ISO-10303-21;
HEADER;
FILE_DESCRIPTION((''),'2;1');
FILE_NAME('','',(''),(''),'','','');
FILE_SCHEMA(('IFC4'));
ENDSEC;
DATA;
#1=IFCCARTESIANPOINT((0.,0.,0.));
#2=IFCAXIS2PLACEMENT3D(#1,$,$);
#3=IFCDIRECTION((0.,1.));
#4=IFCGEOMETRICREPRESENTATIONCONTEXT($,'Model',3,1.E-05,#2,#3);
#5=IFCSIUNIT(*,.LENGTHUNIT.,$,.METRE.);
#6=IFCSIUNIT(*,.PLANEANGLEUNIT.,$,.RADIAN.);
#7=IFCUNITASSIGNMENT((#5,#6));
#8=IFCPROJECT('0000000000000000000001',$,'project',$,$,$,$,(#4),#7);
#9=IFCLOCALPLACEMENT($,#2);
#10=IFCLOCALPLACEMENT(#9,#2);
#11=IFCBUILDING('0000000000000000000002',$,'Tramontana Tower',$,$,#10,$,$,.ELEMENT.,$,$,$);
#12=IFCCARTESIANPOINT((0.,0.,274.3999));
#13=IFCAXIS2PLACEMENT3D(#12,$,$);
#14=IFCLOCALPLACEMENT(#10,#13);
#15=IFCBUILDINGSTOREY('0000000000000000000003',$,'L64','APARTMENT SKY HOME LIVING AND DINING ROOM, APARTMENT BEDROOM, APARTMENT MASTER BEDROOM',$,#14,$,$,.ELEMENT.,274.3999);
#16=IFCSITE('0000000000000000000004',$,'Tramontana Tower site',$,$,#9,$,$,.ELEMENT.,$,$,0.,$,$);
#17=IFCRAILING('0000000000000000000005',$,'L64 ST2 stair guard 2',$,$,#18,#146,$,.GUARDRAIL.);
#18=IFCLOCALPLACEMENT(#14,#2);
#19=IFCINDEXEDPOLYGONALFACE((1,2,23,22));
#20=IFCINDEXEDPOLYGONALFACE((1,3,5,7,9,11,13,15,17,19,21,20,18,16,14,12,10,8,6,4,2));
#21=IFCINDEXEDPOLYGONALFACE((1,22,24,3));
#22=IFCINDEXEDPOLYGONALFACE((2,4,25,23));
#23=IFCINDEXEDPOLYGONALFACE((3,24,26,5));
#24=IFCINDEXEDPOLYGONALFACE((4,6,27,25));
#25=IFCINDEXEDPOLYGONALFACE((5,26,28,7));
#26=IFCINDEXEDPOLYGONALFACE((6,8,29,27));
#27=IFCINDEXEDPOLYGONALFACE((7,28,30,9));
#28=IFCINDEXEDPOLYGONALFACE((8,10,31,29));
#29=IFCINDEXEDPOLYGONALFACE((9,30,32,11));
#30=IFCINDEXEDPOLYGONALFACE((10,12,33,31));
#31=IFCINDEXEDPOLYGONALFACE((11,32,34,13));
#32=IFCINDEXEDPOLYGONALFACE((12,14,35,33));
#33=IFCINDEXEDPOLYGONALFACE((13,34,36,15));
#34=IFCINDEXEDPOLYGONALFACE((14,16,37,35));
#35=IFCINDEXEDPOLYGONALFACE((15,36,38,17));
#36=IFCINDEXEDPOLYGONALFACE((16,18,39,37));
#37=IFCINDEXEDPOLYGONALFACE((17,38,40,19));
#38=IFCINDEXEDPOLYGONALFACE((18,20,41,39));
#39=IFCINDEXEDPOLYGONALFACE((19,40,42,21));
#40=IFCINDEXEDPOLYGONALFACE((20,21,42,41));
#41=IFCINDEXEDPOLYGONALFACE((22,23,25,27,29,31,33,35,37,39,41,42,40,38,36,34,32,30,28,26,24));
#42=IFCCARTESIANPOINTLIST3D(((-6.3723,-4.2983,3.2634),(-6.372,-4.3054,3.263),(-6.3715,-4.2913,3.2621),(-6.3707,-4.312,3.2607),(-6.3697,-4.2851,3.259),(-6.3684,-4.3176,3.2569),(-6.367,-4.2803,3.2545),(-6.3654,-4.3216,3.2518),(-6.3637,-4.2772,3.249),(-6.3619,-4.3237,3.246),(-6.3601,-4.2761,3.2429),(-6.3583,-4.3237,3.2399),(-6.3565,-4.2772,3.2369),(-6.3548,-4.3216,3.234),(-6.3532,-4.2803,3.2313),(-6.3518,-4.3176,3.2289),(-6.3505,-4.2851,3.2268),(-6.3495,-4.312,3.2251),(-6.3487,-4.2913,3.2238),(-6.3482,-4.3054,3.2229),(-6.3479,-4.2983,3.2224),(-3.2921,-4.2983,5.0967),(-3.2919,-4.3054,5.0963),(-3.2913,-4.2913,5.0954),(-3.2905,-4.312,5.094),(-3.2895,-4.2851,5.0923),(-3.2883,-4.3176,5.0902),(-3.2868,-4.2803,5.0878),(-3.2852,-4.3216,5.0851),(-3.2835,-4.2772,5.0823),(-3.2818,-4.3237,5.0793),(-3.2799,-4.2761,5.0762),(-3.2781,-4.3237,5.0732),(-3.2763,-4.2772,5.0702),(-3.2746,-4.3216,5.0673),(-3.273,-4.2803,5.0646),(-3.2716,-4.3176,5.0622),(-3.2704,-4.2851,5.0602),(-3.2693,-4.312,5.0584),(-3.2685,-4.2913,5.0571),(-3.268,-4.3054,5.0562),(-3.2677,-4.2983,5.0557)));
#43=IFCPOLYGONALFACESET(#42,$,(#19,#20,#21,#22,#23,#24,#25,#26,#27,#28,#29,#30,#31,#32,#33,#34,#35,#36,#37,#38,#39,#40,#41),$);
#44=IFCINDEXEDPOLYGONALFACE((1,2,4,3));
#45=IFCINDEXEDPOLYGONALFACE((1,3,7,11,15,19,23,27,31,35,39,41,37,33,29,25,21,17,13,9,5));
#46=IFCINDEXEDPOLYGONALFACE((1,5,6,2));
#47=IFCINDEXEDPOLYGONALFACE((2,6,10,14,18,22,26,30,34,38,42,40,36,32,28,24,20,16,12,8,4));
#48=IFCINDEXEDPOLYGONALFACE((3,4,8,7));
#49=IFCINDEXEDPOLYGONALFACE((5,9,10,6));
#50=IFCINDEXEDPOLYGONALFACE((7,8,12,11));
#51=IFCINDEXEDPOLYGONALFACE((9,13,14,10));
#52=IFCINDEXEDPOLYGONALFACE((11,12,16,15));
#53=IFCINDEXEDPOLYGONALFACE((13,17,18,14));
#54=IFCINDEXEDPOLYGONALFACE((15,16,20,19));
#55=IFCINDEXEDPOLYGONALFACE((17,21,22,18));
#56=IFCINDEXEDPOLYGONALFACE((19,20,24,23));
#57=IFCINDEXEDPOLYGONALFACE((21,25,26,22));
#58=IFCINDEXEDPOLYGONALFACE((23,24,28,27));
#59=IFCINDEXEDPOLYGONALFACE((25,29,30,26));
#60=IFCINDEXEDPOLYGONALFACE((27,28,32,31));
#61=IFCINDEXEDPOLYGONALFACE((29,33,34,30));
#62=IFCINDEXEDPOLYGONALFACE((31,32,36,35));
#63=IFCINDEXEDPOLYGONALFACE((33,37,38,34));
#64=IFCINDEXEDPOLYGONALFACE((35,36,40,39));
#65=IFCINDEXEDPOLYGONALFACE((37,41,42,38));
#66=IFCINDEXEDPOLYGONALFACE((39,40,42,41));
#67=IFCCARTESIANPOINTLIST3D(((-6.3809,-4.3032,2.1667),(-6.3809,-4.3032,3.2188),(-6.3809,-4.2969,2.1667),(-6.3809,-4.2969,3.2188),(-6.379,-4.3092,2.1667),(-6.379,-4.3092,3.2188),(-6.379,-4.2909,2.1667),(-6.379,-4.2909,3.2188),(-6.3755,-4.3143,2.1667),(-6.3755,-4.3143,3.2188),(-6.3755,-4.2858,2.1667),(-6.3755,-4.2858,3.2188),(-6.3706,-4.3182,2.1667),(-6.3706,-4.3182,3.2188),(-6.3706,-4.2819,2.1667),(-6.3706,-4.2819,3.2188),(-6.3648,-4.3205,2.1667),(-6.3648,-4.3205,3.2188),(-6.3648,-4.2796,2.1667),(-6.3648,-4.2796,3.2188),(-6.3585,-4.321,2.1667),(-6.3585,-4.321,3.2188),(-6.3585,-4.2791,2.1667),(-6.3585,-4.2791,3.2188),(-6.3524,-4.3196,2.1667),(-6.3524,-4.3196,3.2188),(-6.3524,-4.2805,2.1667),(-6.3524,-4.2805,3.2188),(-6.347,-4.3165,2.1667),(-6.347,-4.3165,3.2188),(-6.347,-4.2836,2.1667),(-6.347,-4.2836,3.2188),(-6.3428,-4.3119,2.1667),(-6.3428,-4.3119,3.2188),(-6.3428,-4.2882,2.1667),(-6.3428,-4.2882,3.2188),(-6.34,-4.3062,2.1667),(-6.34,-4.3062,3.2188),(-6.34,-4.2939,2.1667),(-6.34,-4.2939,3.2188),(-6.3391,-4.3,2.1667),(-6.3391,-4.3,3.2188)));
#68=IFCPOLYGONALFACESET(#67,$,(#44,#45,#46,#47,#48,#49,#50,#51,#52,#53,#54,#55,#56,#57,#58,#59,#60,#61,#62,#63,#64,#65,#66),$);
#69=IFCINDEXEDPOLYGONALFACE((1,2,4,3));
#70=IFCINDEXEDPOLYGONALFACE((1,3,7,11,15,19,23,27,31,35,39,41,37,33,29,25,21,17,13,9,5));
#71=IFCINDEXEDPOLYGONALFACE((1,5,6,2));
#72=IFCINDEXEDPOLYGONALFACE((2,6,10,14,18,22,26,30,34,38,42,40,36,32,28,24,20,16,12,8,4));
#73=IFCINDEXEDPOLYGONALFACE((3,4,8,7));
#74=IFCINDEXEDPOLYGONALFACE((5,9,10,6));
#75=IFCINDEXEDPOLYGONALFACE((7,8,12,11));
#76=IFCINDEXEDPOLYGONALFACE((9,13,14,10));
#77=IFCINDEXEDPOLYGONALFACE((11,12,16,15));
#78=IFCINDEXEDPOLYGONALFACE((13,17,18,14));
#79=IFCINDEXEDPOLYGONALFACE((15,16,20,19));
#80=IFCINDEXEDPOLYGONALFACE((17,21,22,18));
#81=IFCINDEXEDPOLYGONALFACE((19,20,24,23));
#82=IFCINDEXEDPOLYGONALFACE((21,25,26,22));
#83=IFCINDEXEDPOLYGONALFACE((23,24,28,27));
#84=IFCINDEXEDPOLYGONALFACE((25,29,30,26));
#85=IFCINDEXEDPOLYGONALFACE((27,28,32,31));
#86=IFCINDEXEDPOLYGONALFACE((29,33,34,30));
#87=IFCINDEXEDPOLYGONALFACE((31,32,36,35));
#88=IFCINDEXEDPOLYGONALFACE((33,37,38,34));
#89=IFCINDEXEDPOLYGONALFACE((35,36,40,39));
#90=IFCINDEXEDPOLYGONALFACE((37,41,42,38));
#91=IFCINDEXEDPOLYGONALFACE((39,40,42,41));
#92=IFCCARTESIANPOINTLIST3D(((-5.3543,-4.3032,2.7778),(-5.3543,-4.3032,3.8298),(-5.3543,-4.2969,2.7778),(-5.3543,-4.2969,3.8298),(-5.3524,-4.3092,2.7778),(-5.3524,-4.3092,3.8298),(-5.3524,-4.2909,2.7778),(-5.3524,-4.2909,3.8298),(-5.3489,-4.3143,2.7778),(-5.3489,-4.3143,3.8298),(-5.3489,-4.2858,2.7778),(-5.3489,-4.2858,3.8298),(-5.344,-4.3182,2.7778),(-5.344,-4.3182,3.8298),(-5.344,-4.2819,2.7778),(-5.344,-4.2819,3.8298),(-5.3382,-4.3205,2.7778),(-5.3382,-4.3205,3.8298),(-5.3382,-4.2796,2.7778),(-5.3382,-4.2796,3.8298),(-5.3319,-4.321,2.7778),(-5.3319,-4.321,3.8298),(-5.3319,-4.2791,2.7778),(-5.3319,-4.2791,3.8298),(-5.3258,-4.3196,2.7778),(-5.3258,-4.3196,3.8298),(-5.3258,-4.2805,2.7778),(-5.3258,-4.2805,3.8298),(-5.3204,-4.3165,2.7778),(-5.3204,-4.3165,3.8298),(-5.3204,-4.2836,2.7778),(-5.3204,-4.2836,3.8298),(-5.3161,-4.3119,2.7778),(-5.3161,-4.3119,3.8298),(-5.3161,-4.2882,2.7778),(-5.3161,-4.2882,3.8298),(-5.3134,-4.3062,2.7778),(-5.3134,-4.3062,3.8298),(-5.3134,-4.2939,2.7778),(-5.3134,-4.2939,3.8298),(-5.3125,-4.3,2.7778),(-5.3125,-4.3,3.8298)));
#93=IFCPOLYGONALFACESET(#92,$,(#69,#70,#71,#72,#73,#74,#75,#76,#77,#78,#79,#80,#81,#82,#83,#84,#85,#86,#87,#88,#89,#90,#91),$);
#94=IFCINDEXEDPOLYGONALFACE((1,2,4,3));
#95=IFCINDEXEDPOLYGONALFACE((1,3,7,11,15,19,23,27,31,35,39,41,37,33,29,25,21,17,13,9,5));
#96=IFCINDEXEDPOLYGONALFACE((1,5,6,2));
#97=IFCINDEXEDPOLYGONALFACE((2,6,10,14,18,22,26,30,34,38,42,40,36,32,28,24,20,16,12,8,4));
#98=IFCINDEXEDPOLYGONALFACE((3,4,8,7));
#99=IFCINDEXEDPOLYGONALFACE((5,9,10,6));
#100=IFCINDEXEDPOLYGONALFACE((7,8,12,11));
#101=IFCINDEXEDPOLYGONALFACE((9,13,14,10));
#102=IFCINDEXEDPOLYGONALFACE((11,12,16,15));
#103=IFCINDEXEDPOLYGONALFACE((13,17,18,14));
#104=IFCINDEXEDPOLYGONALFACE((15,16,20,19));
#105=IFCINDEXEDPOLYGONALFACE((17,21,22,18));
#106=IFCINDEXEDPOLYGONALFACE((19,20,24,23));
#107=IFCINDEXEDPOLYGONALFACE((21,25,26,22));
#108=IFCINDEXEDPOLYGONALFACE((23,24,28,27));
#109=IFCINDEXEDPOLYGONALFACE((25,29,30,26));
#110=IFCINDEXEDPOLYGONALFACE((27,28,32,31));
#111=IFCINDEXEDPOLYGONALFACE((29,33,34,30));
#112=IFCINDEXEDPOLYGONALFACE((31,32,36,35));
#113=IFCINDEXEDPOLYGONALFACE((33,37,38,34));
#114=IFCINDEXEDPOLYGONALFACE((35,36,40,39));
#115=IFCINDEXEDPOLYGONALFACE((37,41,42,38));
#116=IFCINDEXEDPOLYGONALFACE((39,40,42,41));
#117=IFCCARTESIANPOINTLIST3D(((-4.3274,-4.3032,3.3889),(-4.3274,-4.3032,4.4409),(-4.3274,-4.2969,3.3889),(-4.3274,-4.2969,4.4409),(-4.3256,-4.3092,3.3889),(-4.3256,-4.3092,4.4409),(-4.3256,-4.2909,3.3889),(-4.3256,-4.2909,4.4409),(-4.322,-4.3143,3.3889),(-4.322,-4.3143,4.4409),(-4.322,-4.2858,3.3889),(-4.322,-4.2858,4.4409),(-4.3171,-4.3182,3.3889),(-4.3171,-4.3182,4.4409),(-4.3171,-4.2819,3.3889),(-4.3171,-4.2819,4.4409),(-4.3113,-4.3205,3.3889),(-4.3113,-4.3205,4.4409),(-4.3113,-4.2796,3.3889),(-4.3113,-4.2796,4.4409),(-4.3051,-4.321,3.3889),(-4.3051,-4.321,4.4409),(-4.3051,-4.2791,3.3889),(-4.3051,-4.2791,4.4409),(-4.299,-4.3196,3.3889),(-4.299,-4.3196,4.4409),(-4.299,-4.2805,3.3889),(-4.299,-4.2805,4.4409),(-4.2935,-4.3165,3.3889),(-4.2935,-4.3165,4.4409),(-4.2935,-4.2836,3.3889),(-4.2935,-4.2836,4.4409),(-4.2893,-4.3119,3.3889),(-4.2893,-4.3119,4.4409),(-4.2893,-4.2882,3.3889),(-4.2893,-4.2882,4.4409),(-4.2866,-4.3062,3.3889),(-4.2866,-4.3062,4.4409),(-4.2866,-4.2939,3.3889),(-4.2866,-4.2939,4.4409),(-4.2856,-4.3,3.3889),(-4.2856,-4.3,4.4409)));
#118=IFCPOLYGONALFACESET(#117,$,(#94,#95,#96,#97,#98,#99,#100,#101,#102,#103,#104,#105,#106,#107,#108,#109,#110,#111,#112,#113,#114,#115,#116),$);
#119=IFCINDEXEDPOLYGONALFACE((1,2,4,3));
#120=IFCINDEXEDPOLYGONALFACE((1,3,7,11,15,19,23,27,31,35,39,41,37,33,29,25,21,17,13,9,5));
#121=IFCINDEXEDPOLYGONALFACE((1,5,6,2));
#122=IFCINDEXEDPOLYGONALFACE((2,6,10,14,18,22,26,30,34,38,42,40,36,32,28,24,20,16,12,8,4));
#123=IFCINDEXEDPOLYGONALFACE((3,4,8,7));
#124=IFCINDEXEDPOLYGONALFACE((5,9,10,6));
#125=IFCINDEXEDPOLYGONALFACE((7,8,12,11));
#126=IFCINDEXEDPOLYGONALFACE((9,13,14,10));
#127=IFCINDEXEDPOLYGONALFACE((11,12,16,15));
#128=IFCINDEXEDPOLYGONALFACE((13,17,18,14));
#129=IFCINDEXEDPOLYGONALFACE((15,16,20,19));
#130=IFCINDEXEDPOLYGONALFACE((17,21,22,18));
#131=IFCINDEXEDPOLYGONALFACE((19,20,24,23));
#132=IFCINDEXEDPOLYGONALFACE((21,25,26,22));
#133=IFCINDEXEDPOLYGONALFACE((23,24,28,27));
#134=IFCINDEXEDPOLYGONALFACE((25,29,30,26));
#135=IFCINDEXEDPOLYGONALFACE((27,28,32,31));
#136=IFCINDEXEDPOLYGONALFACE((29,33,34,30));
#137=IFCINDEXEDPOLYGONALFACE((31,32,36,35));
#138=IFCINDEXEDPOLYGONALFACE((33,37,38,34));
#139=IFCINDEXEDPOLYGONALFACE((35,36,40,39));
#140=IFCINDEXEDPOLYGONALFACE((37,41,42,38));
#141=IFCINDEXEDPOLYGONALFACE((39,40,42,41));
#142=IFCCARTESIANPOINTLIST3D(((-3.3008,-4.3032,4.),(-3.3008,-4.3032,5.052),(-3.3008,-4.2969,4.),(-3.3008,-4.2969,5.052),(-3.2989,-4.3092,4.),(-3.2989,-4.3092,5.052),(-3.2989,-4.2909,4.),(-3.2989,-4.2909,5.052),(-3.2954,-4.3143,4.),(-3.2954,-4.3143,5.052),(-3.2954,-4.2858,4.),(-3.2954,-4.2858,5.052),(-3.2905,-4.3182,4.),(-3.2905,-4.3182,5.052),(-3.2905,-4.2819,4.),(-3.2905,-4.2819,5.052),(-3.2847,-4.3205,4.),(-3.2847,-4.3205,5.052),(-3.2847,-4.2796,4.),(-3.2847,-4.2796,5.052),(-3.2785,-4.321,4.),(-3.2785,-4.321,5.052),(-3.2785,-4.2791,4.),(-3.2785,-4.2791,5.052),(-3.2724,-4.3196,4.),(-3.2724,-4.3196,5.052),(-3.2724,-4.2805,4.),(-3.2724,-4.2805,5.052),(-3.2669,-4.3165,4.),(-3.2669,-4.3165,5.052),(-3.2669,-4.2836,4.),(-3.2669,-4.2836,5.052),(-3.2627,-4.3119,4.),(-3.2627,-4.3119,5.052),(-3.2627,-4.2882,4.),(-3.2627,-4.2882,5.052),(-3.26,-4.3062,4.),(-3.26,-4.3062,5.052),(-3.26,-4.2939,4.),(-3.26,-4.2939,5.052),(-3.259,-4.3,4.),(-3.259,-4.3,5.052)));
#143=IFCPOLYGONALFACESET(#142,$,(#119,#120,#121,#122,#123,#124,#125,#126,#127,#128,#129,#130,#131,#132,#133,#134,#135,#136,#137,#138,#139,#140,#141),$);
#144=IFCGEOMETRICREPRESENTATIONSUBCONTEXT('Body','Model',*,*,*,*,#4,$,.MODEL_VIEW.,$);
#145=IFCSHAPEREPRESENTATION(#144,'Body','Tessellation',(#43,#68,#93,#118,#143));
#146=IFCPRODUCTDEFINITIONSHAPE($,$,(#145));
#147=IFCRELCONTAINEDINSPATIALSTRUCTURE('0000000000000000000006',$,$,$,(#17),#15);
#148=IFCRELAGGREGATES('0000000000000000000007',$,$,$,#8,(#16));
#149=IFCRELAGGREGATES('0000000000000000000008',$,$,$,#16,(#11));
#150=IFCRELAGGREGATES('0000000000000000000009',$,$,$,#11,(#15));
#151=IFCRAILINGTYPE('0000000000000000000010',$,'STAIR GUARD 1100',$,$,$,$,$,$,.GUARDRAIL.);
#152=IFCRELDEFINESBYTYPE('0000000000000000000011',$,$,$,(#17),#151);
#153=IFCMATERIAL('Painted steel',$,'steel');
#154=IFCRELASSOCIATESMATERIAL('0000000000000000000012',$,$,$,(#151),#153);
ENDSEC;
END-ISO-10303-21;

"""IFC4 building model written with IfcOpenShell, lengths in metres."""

from ifc_helpers import new_model, si_unit, direction, frame, origin, origin_2d, place, context, subcontext, project, spatial, circle, extrude, material, type_object, element, save


model = new_model("IFC4")

# Units and contexts
model_context = context("Model", 3, precision=1e-05, world=origin(), true_north=direction((0.0, 1.0)))
body_context = subcontext(model_context, "Body", "Model", "MODEL_VIEW")
ifc_project = project(units=[si_unit("LENGTHUNIT", "METRE"), si_unit("PLANEANGLEUNIT", "RADIAN")], contexts=[model_context])

# Site, building, storey
site_placement = place(None, origin())
site = spatial("IfcSite", under=ifc_project, at=site_placement, Name="Tramontana Tower site", CompositionType="ELEMENT", RefElevation=0.0)
building_placement = place(site_placement, origin())
building = spatial("IfcBuilding", under=site, at=building_placement, Name="Tramontana Tower", CompositionType="ELEMENT")
storey_placement = place(building_placement, frame((0.0, 0.0, 274.3999)))
storey = spatial("IfcBuildingStorey", under=building, at=storey_placement, Name="L64", Description="APARTMENT SKY HOME LIVING AND DINING ROOM, APARTMENT BEDROOM, APARTMENT MASTER BEDROOM", CompositionType="ELEMENT", Elevation=274.3999)

# Railing
ifc_material_1 = material(Name="Painted steel", Category="steel")
railing_type_1 = type_object("IfcRailingType", Name="STAIR GUARD 1100", PredefinedType="GUARDRAIL", material=ifc_material_1)
railing_1_placement = place(storey_placement, frame((-6.3601, -4.3, 2.1667)))
element("IfcRailing", 1, at=railing_1_placement, inside=storey, type_object=railing_type_1, Name="L64 ST2 stair guard 2", PredefinedType="GUARDRAIL", context=body_context, shape_type="SweptSolid", body=[
    extrude(circle(Radius=0.0239, at=origin_2d()), frame((0.0, 0.0, 1.0762), z_axis=(0.859309, 0.0, 0.511458), x_axis=(0.0, 1.0, 0.0)), (0.0, 0.0, 1.0), 3.5845),
    extrude(circle(Radius=0.021, at=origin_2d()), origin(), (0.0, 0.0, 1.0), 1.052),
    extrude(circle(Radius=0.021, at=origin_2d()), frame((1.0266, 0.0, 0.6111)), (0.0, 0.0, 1.0), 1.052),
    extrude(circle(Radius=0.021, at=origin_2d()), frame((2.0535, 0.0, 1.2222)), (0.0, 0.0, 1.0), 1.052),
    extrude(circle(Radius=0.021, at=origin_2d()), frame((3.0801, 0.0, 1.8333)), (0.0, 0.0, 1.0), 1.052),
])

save(model, "model.ifc")
